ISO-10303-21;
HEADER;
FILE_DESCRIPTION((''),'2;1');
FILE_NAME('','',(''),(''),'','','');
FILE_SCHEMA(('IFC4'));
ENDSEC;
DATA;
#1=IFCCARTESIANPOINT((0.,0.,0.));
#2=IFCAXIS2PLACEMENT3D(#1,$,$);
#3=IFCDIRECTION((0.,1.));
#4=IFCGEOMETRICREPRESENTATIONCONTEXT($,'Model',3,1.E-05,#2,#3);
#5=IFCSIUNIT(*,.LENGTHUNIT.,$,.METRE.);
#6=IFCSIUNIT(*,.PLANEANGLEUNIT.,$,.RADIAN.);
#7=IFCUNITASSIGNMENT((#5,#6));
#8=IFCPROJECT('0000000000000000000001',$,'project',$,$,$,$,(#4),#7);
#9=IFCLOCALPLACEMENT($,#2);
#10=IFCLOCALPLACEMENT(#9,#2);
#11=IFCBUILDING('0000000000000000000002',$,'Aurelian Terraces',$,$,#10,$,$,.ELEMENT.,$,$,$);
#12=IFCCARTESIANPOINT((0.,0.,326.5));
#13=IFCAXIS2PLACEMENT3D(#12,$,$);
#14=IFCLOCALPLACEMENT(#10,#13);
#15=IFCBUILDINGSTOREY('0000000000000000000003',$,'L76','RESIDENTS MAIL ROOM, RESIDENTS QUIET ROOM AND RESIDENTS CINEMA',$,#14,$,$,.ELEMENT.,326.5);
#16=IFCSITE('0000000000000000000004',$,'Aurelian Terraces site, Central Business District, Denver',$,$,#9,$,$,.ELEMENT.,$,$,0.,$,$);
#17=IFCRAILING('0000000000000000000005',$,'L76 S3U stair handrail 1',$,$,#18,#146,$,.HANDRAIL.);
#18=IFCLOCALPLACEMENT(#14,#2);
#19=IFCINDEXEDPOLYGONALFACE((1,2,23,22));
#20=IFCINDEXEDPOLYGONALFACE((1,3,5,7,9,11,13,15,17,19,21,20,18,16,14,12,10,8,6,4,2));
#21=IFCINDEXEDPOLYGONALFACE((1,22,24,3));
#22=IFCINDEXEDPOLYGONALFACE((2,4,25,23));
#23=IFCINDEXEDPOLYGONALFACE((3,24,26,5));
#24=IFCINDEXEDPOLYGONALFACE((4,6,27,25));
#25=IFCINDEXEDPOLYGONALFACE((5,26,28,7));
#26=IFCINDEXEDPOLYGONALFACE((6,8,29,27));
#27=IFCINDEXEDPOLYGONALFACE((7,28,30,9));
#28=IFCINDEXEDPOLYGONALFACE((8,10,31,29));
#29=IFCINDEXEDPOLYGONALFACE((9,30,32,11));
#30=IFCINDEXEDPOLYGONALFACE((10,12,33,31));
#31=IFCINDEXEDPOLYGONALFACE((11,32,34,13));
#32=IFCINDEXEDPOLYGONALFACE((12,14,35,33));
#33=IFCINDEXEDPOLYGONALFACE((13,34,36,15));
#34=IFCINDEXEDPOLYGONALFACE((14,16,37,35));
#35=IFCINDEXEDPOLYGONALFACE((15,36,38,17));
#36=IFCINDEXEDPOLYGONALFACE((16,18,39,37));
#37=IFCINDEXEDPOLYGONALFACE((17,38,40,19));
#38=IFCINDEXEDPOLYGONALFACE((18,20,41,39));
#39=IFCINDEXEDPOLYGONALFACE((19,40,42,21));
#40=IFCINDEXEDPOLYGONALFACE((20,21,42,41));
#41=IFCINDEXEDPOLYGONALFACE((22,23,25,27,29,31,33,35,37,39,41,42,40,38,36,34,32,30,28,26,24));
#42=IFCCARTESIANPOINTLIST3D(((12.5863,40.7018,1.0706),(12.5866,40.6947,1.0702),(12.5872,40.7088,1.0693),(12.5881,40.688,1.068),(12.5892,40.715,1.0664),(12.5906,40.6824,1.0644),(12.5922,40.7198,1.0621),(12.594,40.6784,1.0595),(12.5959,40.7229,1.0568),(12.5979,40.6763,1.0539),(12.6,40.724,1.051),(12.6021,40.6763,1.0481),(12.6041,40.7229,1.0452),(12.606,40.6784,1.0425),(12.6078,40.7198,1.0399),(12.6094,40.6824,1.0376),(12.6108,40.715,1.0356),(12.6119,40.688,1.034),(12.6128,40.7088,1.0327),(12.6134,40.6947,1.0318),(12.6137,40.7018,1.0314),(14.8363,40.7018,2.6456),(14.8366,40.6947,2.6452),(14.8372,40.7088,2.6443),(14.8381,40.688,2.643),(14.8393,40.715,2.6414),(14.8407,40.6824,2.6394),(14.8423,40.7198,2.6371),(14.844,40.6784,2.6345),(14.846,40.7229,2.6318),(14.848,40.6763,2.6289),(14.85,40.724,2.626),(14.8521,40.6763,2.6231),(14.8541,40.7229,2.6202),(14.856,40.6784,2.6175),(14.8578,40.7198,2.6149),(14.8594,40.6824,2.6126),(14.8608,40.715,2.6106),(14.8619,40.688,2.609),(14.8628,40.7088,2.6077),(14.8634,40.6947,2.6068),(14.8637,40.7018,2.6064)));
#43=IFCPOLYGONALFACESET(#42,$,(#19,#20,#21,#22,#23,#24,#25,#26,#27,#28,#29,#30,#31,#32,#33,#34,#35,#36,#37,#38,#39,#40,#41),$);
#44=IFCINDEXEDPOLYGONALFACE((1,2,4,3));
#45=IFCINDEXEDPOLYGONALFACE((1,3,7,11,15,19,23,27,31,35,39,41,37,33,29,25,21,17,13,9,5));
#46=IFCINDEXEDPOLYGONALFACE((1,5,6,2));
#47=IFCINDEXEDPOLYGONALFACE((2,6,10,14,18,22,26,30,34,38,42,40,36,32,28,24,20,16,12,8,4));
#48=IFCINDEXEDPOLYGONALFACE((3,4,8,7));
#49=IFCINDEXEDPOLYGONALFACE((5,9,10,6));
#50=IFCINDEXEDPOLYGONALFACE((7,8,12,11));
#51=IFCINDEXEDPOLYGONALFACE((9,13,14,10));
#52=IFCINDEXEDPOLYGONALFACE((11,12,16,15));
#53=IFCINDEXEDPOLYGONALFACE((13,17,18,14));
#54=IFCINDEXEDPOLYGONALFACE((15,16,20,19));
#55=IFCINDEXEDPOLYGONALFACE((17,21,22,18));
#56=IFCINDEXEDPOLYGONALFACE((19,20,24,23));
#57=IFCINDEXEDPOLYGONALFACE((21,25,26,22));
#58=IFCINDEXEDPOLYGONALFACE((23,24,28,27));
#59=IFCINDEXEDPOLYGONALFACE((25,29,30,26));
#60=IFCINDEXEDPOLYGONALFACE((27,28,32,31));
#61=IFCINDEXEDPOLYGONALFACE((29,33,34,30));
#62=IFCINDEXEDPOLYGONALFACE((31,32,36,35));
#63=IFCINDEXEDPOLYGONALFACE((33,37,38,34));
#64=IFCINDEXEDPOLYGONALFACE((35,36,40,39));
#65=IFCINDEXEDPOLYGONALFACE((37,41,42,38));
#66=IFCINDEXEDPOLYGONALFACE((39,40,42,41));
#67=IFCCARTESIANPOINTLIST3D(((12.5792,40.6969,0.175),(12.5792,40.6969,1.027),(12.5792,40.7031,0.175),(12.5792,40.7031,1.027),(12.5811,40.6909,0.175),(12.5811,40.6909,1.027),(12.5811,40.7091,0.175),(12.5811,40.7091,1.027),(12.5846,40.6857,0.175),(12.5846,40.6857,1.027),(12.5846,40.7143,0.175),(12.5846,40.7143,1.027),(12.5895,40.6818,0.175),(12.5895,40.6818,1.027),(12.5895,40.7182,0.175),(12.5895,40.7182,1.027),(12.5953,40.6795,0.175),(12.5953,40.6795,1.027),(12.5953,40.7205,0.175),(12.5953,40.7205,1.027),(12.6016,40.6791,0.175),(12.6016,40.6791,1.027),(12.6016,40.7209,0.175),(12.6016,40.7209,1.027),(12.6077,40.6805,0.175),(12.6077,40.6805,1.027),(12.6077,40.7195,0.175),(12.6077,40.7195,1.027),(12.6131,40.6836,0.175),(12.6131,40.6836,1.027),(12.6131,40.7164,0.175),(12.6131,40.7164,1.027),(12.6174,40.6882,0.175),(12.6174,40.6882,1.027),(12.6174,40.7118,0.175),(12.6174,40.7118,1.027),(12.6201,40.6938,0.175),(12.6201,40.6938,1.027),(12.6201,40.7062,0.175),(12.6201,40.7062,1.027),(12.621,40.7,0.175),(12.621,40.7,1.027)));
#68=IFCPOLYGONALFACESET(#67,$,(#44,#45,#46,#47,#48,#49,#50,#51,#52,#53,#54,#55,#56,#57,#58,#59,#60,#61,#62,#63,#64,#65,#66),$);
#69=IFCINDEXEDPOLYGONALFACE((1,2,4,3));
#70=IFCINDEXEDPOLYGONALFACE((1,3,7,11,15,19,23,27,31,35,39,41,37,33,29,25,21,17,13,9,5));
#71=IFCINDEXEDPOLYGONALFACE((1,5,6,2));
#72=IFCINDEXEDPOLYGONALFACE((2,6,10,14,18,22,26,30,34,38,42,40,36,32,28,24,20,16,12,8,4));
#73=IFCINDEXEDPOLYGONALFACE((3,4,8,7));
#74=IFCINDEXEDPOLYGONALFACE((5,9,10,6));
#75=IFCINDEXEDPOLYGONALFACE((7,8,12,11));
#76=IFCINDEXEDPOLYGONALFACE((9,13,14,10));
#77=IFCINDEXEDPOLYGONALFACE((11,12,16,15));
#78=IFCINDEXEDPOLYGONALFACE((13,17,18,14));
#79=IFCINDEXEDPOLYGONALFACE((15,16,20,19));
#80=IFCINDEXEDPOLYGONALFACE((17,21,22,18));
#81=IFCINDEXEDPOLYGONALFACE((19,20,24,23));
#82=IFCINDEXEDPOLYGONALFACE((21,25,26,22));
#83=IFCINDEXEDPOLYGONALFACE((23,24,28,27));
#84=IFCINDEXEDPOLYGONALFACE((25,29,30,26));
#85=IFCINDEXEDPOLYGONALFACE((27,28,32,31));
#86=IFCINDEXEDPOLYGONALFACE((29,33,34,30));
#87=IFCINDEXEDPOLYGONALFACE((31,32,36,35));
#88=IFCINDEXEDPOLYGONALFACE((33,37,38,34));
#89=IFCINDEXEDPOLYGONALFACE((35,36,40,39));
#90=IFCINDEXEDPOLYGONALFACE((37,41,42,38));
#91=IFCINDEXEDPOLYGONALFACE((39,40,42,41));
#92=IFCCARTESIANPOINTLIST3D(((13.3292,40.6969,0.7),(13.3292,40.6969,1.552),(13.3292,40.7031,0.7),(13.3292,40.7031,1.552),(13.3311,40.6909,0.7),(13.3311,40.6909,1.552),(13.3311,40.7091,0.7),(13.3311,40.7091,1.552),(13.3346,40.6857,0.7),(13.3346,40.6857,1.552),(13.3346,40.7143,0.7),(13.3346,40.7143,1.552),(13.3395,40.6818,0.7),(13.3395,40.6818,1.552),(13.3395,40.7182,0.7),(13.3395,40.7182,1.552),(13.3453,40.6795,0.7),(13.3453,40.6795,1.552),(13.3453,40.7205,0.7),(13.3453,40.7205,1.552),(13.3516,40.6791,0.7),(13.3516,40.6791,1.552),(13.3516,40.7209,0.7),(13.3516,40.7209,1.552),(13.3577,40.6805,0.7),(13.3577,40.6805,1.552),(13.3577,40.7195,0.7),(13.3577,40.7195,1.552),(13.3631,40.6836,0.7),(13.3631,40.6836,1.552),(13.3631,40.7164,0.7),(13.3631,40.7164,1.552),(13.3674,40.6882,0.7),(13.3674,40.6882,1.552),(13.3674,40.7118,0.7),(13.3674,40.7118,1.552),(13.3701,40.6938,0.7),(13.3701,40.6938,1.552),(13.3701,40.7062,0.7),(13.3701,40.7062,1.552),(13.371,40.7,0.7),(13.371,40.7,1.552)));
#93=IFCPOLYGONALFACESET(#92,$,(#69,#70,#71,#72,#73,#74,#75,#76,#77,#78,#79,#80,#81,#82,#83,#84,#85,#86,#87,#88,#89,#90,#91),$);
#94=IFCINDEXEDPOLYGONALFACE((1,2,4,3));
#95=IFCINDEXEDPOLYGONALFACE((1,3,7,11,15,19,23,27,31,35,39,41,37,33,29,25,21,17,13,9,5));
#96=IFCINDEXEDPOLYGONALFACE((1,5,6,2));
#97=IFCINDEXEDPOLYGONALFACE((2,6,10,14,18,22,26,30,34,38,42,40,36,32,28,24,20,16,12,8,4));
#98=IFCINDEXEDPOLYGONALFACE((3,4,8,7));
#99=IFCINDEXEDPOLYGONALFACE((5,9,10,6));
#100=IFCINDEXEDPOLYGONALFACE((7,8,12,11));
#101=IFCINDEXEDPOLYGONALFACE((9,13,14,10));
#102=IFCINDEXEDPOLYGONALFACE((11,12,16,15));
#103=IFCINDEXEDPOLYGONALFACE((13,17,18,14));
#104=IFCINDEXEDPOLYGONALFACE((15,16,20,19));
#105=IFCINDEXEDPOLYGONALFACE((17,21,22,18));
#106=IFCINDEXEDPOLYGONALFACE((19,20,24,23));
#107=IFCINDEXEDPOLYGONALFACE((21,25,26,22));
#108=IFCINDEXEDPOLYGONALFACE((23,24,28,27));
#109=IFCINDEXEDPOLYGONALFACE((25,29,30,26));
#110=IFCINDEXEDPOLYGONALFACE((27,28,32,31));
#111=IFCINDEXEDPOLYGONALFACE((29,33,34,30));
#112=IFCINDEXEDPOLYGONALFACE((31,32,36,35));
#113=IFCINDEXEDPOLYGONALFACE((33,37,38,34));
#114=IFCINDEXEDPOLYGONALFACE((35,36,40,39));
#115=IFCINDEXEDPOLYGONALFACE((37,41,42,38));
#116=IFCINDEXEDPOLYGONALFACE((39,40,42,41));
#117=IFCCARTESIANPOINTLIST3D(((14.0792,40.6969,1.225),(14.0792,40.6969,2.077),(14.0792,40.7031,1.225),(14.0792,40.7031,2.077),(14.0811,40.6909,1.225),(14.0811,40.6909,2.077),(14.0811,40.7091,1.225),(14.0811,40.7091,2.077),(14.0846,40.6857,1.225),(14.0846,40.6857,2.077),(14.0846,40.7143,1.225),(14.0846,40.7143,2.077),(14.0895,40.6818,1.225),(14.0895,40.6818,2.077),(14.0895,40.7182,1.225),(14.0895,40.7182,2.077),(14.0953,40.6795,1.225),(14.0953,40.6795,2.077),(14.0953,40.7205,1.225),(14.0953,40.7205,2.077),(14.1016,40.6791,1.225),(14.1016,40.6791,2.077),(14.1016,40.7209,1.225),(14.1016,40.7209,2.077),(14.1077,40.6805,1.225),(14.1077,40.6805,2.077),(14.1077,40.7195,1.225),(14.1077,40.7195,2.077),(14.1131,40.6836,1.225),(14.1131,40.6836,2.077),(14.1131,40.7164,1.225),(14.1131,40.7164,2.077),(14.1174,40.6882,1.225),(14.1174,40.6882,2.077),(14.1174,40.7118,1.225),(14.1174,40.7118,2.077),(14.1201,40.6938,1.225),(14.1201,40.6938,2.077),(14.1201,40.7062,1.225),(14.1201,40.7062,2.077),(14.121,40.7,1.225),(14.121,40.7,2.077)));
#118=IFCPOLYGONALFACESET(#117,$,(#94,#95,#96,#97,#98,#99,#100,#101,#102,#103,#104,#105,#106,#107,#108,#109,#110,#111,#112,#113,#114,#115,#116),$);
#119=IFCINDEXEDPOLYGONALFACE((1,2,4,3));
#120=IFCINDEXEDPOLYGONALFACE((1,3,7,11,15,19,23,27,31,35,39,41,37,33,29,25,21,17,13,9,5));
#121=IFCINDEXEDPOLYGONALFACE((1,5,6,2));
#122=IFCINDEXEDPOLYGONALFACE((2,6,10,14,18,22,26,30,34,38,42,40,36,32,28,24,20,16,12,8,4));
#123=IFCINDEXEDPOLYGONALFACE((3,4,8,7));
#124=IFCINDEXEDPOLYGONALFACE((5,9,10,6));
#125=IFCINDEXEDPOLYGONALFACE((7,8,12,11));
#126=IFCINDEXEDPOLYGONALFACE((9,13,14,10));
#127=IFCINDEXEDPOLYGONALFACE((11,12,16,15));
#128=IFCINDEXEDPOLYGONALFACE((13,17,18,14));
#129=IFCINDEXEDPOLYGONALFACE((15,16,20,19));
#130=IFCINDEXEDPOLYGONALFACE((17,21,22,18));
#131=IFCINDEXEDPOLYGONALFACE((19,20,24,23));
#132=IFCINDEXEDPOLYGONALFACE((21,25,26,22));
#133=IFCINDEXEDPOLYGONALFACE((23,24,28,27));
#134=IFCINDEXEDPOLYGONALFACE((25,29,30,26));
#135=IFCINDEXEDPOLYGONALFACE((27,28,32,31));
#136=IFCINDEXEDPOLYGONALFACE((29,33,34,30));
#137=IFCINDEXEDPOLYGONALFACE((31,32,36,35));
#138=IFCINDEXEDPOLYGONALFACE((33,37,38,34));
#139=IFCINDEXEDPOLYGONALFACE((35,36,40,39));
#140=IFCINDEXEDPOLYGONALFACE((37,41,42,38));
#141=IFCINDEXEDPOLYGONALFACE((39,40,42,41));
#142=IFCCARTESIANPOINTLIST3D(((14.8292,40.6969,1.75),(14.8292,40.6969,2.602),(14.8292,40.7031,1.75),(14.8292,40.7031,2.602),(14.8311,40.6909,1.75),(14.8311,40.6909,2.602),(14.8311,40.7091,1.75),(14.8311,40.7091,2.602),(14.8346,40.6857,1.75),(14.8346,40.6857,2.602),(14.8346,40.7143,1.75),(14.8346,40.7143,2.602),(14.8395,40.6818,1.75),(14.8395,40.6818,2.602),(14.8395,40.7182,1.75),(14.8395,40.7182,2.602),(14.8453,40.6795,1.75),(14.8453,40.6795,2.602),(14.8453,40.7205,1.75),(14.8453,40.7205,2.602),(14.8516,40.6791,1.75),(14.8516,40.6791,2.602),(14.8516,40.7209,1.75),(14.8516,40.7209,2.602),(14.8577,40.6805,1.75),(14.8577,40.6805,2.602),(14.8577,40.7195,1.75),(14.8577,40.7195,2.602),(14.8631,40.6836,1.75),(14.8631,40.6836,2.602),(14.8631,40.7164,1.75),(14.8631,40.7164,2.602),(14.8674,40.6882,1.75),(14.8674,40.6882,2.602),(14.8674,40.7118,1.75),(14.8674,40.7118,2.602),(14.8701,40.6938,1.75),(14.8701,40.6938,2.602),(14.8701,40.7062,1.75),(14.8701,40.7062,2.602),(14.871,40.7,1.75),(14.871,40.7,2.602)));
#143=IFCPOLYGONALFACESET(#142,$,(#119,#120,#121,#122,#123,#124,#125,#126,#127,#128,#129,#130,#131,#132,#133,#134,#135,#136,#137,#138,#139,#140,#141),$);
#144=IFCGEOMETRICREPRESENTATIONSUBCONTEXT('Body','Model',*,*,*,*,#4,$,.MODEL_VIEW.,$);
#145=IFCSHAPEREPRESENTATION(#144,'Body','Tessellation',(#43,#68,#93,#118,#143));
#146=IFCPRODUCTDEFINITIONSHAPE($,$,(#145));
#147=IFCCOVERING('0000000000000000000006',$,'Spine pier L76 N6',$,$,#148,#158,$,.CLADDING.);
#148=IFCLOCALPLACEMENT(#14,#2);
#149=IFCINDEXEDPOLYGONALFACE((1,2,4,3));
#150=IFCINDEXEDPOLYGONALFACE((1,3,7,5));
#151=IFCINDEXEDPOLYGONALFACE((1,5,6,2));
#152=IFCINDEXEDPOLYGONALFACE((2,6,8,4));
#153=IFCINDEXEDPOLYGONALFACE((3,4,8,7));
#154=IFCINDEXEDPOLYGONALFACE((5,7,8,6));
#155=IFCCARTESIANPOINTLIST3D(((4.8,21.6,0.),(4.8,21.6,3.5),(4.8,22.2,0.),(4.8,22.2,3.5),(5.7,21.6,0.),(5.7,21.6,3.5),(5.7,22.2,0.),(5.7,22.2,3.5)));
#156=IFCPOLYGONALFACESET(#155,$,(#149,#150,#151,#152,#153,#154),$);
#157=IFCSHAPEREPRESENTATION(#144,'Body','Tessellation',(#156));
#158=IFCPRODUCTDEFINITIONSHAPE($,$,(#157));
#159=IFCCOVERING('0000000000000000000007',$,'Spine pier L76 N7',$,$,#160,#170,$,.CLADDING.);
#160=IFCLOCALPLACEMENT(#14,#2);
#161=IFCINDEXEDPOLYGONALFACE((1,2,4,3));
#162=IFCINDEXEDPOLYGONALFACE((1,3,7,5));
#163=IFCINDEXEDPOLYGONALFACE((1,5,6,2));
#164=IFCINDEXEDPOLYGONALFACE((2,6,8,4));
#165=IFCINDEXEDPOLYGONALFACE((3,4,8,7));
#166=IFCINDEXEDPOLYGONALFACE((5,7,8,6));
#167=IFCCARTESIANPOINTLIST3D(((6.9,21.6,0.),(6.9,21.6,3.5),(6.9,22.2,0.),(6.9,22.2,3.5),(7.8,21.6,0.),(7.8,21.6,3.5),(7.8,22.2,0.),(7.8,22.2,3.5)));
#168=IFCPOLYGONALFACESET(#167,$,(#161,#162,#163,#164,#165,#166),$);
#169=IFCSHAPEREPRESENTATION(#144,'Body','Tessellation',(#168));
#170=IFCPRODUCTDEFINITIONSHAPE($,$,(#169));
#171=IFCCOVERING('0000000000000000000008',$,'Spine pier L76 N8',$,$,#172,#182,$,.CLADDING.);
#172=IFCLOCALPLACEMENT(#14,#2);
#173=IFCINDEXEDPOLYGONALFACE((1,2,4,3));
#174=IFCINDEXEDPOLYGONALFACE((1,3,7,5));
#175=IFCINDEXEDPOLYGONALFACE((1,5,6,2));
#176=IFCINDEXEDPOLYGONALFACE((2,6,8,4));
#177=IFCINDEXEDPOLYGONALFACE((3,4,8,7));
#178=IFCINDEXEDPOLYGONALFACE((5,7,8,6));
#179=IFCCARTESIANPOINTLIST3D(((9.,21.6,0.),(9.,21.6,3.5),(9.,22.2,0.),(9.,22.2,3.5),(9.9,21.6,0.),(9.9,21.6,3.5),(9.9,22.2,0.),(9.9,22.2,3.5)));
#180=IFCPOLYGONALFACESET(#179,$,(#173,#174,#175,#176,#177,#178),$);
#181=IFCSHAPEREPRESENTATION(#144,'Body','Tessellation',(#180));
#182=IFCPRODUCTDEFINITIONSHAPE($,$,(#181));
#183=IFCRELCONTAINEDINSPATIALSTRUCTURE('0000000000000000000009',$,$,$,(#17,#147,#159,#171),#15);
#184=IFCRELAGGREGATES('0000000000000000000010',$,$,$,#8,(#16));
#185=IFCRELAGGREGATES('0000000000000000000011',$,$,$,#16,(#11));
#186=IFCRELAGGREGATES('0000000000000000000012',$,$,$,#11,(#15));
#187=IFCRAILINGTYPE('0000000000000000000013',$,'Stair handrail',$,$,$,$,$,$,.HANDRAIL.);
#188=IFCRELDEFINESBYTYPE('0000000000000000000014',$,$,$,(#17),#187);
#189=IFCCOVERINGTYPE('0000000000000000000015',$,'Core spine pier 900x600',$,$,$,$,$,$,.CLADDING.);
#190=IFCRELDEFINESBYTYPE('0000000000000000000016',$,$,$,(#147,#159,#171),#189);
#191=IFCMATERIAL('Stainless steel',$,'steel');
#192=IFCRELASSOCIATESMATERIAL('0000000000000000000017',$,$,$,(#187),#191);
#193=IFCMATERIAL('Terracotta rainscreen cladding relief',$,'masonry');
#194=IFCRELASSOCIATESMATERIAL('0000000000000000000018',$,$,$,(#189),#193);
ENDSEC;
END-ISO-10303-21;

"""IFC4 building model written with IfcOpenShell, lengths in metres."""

from ifc_helpers import new_model, si_unit, direction, frame, origin, origin_2d, place, context, subcontext, project, spatial, rectangle, circle, extrude, source, transform, mapped, material, type_object, element, save


model = new_model("IFC4")

# Units and contexts
model_context = context("Model", 3, precision=1e-05, world=origin(), true_north=direction((0.0, 1.0)))
body_context = subcontext(model_context, "Body", "Model", "MODEL_VIEW")
ifc_project = project(units=[si_unit("LENGTHUNIT", "METRE"), si_unit("PLANEANGLEUNIT", "RADIAN")], contexts=[model_context])

# Site, building, storey
site_placement = place(None, origin())
site = spatial("IfcSite", under=ifc_project, at=site_placement, Name="Aurelian Terraces site, Central Business District, Denver", CompositionType="ELEMENT", RefElevation=0.0)
building_placement = place(site_placement, origin())
building = spatial("IfcBuilding", under=site, at=building_placement, Name="Aurelian Terraces", CompositionType="ELEMENT")
storey_placement = place(building_placement, frame((0.0, 0.0, 326.5)))
storey = spatial("IfcBuildingStorey", under=building, at=storey_placement, Name="L76", Description="RESIDENTS MAIL ROOM, RESIDENTS QUIET ROOM AND RESIDENTS CINEMA", CompositionType="ELEMENT", Elevation=326.5)

# Shared definitions
ifc_material_1 = material(Name="Terracotta rainscreen cladding relief", Category="masonry")

# Railing
ifc_material_2 = material(Name="Stainless steel", Category="steel")
railing_type_1 = type_object("IfcRailingType", Name="Stair handrail", PredefinedType="HANDRAIL", material=ifc_material_2)
shared_shape_1 = source(origin(), body_context, "Body", "SweptSolid", [
    extrude(circle(Radius=0.024, at=origin_2d()), frame((0.0, 0.0, 0.876), z_axis=(0.819232, 0.0, 0.573462), x_axis=(0.0, 1.0, 0.0)), (0.0, 0.0, 1.0), 2.7465),
    extrude(circle(Radius=0.021, at=origin_2d()), origin(), (0.0, 0.0, 1.0), 0.852),
    extrude(circle(Radius=0.021, at=origin_2d()), frame((0.75, 0.0, 0.525)), (0.0, 0.0, 1.0), 0.852),
    extrude(circle(Radius=0.021, at=origin_2d()), frame((1.5, 0.0, 1.05)), (0.0, 0.0, 1.0), 0.852),
    extrude(circle(Radius=0.021, at=origin_2d()), frame((2.25, 0.0, 1.575)), (0.0, 0.0, 1.0), 0.852),
])
railing_1_placement = place(storey_placement, frame((12.6, 40.7, 0.175)))
element("IfcRailing", 1, at=railing_1_placement, inside=storey, type_object=railing_type_1, Name="L76 S3U stair handrail 1", PredefinedType="HANDRAIL", context=body_context, shape_type="MappedRepresentation", body=[
    mapped(shared_shape_1, transform((0.0, 0.0, 0.0), scale=1.0)),
])

# Coverings
covering_type_1 = type_object("IfcCoveringType", Name="Core spine pier 900x600", PredefinedType="CLADDING", material=ifc_material_1)
shared_shape_2 = source(origin(), body_context, "Body", "SweptSolid", [
    extrude(rectangle(XDim=0.9, YDim=0.6, at=origin_2d()), origin(), (0.0, 0.0, 1.0), 3.5),
])
for number, where, z_axis, x_axis, name in (
    (2, (5.25, 21.9, 0.0), (0.0, 0.0, 1.0), (1.0, 0.0, 0.0), "Spine pier L76 N6"),
    (3, (7.35, 21.9, 0.0), (0.0, 0.0, 1.0), (1.0, 0.0, 0.0), "Spine pier L76 N7"),
    (4, (9.45, 21.9, 0.0), (0.0, 0.0, 1.0), (1.0, 0.0, 0.0), "Spine pier L76 N8"),
):
    element("IfcCovering", number, at=place(storey_placement, frame(where, z_axis=z_axis, x_axis=x_axis)), inside=storey, type_object=covering_type_1, Name=name, PredefinedType="CLADDING", context=body_context, shape_type="MappedRepresentation", body=[
        mapped(shared_shape_2, transform((0.0, 0.0, 0.0), scale=1.0)),
    ])

save(model, "model.ifc")
